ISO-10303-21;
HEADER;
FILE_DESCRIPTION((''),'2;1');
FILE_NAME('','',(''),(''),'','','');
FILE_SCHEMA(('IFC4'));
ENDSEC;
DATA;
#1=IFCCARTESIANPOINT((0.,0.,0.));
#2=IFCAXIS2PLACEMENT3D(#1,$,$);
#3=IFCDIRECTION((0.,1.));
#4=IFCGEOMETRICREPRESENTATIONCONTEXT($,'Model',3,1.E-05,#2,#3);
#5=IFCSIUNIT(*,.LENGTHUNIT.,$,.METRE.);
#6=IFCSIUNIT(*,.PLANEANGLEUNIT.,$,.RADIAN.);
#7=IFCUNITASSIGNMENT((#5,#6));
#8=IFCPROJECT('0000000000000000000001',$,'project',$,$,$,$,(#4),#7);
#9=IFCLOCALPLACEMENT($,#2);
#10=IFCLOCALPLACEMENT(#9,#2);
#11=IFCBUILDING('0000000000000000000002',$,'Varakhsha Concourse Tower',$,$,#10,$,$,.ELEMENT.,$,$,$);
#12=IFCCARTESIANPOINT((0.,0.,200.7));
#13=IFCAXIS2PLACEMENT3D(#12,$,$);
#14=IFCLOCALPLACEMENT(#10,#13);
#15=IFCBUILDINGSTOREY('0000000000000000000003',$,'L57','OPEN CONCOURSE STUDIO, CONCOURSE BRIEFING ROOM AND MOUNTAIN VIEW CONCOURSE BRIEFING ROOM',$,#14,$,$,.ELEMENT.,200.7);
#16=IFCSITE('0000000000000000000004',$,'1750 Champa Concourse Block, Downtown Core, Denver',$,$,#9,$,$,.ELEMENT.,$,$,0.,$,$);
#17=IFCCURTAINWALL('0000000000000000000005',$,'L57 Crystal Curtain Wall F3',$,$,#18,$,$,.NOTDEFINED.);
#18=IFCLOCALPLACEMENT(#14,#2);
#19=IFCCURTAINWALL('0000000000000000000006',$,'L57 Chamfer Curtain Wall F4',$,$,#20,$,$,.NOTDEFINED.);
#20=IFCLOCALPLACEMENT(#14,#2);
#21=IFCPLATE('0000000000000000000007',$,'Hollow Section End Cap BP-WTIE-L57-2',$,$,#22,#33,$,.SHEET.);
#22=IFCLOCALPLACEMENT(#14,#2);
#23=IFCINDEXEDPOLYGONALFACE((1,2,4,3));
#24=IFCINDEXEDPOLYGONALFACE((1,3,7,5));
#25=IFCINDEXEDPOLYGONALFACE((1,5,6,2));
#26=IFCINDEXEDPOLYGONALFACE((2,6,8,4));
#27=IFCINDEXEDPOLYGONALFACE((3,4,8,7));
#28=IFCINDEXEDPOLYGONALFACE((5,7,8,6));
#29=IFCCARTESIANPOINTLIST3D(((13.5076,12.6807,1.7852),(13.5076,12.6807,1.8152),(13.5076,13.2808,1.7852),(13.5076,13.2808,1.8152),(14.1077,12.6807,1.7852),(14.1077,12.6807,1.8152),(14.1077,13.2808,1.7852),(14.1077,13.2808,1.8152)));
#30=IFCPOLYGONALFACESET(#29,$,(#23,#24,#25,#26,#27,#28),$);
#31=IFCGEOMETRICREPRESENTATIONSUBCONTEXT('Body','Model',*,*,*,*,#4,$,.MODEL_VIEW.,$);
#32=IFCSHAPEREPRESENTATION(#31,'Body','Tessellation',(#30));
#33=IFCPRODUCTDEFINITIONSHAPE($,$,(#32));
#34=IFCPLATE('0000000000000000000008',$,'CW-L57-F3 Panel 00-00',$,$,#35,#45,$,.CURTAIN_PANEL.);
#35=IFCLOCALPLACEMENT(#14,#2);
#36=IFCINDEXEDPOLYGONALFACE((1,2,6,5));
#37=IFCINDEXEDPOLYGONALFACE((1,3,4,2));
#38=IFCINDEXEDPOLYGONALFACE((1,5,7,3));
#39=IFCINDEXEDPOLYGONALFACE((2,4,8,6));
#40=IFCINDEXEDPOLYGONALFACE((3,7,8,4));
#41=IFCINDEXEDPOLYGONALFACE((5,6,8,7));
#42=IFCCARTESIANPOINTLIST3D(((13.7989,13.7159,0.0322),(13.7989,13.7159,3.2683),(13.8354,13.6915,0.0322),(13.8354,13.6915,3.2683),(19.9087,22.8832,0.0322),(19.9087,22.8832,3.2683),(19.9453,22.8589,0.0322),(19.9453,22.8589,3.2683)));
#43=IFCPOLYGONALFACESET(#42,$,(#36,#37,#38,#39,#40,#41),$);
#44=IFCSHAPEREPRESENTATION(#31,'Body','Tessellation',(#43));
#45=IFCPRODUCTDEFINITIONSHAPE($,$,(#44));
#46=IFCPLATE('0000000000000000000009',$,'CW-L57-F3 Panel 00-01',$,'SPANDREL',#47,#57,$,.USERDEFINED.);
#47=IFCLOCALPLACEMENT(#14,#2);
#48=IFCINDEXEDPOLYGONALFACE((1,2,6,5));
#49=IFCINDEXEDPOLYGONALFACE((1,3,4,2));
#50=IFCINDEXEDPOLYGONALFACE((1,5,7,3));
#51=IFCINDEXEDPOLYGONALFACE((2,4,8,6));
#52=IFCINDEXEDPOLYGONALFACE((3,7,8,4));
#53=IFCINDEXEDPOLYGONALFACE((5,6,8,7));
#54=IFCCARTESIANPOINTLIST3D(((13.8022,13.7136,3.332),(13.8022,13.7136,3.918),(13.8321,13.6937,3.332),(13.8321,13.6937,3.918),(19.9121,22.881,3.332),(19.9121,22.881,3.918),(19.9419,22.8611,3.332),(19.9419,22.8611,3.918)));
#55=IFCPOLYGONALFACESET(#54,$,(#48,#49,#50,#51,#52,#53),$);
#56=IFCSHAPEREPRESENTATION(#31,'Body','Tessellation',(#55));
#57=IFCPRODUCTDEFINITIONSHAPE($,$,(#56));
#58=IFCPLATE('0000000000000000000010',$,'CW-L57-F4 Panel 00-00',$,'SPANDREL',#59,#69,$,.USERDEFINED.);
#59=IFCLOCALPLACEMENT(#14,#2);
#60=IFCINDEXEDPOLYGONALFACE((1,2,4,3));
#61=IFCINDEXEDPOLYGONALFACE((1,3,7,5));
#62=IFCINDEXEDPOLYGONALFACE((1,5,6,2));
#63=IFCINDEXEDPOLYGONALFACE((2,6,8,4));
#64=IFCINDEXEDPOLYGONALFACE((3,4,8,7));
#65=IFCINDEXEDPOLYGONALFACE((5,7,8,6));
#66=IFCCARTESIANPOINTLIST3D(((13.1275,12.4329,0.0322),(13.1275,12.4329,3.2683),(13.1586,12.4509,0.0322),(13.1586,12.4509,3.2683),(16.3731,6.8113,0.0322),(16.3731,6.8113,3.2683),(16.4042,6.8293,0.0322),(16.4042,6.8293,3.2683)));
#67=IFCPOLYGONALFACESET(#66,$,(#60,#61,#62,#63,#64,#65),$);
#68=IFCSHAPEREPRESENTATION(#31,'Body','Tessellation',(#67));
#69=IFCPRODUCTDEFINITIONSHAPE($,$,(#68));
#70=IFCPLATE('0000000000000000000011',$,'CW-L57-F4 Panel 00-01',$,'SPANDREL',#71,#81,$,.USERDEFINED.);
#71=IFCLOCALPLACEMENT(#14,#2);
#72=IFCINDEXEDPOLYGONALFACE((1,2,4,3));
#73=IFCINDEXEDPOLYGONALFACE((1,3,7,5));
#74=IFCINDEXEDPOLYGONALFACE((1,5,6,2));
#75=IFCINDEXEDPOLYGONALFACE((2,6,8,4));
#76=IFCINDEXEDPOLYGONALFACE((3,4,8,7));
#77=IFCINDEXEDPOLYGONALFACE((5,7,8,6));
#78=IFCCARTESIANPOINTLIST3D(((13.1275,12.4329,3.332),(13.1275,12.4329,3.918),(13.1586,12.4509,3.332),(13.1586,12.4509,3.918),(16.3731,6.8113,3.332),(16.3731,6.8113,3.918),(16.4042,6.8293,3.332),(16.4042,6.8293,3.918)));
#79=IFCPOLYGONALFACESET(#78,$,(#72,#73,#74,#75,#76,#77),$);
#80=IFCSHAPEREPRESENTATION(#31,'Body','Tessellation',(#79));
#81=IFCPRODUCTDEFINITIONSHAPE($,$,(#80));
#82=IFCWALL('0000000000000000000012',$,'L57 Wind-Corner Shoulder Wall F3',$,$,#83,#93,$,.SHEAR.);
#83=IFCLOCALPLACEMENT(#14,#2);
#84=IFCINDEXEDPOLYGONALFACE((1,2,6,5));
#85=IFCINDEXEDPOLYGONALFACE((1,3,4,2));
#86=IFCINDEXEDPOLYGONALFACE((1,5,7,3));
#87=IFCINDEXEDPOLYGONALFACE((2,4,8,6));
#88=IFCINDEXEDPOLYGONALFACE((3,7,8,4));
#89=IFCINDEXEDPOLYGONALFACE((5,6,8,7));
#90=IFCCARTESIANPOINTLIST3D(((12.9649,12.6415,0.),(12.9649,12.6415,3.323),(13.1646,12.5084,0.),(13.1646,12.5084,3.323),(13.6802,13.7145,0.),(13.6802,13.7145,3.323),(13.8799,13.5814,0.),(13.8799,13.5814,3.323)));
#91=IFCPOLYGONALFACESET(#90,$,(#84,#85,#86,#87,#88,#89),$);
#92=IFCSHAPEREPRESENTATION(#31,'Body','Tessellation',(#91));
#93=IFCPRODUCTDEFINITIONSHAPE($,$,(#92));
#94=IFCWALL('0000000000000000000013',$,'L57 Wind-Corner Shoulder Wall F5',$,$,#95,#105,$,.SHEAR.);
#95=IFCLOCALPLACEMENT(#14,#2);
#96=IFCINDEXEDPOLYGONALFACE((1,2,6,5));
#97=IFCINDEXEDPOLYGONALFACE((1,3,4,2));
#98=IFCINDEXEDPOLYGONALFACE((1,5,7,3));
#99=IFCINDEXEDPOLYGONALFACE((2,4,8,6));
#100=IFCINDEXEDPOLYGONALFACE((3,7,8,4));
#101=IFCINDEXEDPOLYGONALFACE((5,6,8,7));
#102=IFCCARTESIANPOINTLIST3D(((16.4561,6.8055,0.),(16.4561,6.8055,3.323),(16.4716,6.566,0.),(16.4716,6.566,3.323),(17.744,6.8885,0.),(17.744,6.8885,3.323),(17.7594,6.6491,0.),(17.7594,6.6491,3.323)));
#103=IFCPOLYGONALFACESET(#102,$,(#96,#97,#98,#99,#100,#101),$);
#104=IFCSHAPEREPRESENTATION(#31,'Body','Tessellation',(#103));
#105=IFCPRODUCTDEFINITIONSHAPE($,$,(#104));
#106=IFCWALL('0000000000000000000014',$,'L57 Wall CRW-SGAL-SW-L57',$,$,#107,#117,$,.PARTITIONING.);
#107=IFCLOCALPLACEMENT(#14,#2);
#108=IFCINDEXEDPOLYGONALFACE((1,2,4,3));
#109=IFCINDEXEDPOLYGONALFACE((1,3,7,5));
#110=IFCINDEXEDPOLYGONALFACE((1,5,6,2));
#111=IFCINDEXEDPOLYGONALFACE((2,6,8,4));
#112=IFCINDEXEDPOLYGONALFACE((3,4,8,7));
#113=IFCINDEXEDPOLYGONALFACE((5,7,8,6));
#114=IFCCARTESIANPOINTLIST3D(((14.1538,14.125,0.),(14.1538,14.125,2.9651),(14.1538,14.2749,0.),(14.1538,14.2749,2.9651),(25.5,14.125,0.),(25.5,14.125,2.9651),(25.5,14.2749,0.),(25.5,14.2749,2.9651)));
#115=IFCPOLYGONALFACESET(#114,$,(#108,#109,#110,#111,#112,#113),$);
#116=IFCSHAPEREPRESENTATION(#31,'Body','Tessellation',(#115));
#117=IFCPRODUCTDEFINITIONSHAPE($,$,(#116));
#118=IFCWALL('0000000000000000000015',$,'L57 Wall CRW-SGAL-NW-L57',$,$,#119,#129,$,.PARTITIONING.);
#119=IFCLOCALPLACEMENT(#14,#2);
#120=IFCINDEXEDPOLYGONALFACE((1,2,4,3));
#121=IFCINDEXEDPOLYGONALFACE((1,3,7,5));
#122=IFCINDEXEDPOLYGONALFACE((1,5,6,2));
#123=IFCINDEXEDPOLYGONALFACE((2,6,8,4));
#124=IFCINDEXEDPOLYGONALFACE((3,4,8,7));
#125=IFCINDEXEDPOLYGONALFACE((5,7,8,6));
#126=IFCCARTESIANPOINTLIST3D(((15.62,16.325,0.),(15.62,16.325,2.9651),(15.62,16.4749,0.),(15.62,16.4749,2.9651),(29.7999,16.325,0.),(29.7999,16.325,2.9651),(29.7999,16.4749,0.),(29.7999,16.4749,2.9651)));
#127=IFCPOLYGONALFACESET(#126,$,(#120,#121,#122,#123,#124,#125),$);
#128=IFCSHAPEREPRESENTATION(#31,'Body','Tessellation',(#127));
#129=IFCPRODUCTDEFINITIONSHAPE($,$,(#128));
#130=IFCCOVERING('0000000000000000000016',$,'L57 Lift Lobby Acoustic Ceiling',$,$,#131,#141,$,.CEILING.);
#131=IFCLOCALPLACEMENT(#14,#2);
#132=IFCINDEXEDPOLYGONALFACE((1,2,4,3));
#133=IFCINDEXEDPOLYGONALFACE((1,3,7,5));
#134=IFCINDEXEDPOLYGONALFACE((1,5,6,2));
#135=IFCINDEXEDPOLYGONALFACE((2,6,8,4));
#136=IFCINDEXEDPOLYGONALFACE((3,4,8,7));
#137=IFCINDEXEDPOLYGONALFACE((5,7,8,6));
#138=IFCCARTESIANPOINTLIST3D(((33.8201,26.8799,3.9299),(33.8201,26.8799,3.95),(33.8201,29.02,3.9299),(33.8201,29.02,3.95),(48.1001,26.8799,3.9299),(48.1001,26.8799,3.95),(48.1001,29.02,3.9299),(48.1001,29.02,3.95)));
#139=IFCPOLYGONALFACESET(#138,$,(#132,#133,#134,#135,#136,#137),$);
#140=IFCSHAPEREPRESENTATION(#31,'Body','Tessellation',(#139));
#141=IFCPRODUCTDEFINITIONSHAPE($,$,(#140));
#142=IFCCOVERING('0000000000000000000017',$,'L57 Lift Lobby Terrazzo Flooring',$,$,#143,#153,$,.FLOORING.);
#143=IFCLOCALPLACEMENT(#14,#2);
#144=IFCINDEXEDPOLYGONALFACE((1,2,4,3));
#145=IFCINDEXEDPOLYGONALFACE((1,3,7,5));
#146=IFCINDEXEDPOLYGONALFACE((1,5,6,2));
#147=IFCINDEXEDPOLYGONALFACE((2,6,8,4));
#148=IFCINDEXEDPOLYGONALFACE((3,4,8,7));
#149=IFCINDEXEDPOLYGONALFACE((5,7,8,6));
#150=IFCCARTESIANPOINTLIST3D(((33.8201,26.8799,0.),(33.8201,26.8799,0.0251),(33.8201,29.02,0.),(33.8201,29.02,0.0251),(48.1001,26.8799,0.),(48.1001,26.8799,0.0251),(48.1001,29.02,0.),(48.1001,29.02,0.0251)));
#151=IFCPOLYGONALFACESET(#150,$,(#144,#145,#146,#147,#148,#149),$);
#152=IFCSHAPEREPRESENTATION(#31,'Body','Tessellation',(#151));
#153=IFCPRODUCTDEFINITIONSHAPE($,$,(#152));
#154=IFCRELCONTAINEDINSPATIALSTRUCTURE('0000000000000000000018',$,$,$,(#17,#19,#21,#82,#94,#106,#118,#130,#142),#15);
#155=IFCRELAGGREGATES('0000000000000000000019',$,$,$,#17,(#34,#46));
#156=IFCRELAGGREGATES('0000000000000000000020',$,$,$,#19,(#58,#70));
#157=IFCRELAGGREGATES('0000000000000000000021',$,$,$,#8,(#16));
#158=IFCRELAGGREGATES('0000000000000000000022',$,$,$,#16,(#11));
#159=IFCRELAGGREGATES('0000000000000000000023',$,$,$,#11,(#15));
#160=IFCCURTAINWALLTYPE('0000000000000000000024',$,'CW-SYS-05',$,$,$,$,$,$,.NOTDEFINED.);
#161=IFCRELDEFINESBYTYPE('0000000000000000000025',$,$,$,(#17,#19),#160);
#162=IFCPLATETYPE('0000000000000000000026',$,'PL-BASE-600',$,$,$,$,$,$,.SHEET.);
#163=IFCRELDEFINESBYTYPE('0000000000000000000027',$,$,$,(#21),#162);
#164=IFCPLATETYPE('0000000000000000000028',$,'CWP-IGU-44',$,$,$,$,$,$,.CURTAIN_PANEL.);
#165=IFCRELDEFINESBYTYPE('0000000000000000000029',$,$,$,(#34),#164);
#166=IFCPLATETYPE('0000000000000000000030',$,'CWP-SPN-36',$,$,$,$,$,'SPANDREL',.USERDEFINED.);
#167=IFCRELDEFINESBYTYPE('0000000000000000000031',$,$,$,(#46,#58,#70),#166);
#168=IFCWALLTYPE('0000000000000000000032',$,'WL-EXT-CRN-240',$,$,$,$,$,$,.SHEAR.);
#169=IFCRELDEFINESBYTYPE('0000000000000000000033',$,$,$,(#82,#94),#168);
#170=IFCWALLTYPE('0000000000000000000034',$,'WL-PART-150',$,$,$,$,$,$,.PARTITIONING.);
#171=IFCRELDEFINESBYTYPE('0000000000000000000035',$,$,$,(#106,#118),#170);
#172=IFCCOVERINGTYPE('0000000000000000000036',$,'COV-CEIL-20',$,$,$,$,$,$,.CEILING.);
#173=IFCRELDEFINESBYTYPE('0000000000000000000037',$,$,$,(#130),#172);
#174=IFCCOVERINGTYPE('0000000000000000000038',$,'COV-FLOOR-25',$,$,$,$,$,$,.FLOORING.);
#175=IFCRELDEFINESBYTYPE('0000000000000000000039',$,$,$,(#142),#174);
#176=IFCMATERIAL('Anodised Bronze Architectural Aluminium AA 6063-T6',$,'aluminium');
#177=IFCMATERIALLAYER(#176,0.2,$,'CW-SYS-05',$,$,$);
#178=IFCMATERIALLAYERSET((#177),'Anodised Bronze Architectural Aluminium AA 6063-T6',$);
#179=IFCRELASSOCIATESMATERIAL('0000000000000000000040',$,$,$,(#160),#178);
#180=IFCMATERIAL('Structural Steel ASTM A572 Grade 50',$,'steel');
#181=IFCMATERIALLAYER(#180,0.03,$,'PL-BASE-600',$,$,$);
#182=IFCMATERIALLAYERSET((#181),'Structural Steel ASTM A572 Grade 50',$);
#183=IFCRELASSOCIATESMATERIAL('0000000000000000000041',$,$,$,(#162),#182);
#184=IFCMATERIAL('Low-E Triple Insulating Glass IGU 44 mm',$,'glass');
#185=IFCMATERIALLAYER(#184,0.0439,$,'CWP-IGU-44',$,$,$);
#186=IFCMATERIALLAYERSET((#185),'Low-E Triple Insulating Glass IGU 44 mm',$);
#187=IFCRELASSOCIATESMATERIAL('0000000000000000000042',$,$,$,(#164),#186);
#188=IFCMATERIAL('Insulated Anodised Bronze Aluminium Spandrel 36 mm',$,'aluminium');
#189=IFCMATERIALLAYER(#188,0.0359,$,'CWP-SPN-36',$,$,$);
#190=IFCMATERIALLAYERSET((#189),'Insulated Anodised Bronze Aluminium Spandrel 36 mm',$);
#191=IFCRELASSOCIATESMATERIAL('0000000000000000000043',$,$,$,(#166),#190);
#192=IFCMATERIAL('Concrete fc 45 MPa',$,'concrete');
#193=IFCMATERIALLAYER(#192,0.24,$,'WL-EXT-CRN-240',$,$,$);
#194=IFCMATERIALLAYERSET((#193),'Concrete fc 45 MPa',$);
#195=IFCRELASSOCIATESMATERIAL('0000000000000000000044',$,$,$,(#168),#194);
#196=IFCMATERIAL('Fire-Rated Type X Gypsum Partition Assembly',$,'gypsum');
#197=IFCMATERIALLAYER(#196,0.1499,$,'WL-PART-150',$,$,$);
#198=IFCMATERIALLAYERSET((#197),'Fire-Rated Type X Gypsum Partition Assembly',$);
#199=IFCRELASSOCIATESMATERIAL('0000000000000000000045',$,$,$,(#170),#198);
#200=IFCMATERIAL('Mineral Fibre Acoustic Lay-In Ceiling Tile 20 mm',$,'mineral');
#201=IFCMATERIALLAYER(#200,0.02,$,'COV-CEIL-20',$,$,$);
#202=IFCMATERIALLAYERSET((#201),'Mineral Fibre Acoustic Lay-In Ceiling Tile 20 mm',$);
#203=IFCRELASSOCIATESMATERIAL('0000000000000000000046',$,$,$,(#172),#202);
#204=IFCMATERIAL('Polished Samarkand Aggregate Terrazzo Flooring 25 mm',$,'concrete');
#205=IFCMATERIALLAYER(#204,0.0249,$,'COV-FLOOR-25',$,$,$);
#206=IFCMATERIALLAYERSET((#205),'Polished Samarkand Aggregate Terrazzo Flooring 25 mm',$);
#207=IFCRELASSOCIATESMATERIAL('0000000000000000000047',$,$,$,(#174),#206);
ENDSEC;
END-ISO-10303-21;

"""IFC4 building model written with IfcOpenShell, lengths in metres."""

from ifc_helpers import new_model, si_unit, direction, frame, frame_2d, origin, origin_2d, place, context, subcontext, project, spatial, polyline, rectangle, outline, extrude, source, transform, mapped, material, layer, layer_set, type_object, type_shapes, element, aggregate, save


model = new_model("IFC4")

# Units and contexts
model_context = context("Model", 3, precision=1e-05, world=origin(), true_north=direction((0.0, 1.0)))
body_context = subcontext(model_context, "Body", "Model", "MODEL_VIEW")
ifc_project = project(units=[si_unit("LENGTHUNIT", "METRE"), si_unit("PLANEANGLEUNIT", "RADIAN")], contexts=[model_context])

# Site, building, storey
site_placement = place(None, origin())
site = spatial("IfcSite", under=ifc_project, at=site_placement, Name="1750 Champa Concourse Block, Downtown Core, Denver", CompositionType="ELEMENT", RefElevation=0.0)
building_placement = place(site_placement, origin())
building = spatial("IfcBuilding", under=site, at=building_placement, Name="Varakhsha Concourse Tower", CompositionType="ELEMENT")
storey_placement = place(building_placement, frame((0.0, 0.0, 200.7)))
storey = spatial("IfcBuildingStorey", under=building, at=storey_placement, Name="L57", Description="OPEN CONCOURSE STUDIO, CONCOURSE BRIEFING ROOM AND MOUNTAIN VIEW CONCOURSE BRIEFING ROOM", CompositionType="ELEMENT", Elevation=200.7)

# Shared definitions
ifc_material_1 = material(Name="Structural Steel ASTM A572 Grade 50", Category="steel")

# Curtain wall
ifc_material_2 = material(Name="Anodised Bronze Architectural Aluminium AA 6063-T6", Category="aluminium")
ifc_layer_1 = layer(ifc_material_2, 0.2, Name="CW-SYS-05")
ifc_layer_set_1 = layer_set([ifc_layer_1], Name="Anodised Bronze Architectural Aluminium AA 6063-T6")
curtain_wall_type = type_object("IfcCurtainWallType", Name="CW-SYS-05", PredefinedType="NOTDEFINED", material=ifc_layer_set_1)
curtain_wall_1_placement = place(storey_placement, origin())
curtain_wall_1 = element("IfcCurtainWall", 1, at=curtain_wall_1_placement, inside=storey, type_object=curtain_wall_type, Name="L57 Crystal Curtain Wall F3", PredefinedType="NOTDEFINED")

# Curtain wall
curtain_wall_2_placement = place(storey_placement, origin())
curtain_wall_2 = element("IfcCurtainWall", 2, at=curtain_wall_2_placement, inside=storey, type_object=curtain_wall_type, Name="L57 Chamfer Curtain Wall F4", PredefinedType="NOTDEFINED")

# Shared definitions
ifc_material_3 = material(Name="Concrete fc 45 MPa", Category="concrete")

# Plate
ifc_layer_2 = layer(ifc_material_1, 0.03, Name="PL-BASE-600")
ifc_layer_set_2 = layer_set([ifc_layer_2], Name="Structural Steel ASTM A572 Grade 50")
plate_type_1 = type_object("IfcPlateType", Name="PL-BASE-600", PredefinedType="SHEET", material=ifc_layer_set_2)
shared_shape_1 = source(origin(), body_context, "Body", "SweptSolid", [
    extrude(rectangle(XDim=0.6001, YDim=0.6001, at=origin_2d()), origin(), (0.0, 0.0, 1.0), 0.03),
])
type_shapes(plate_type_1, [shared_shape_1])
plate_1_placement = place(storey_placement, frame((13.8076, 12.9807, 1.7852), z_axis=(0.0, 0.0, 1.0), x_axis=(1.0, 0.0, 0.0)))
element("IfcPlate", 3, at=plate_1_placement, inside=storey, type_object=plate_type_1, Name="Hollow Section End Cap BP-WTIE-L57-2", PredefinedType="SHEET", context=body_context, shape_type="MappedRepresentation", body=[
    mapped(shared_shape_1, transform((0.0, 0.0, 0.0), scale=1.0)),
])

# Plates
ifc_material_4 = material(Name="Low-E Triple Insulating Glass IGU 44 mm", Category="glass")
ifc_layer_3 = layer(ifc_material_4, 0.0439, Name="CWP-IGU-44")
ifc_layer_set_3 = layer_set([ifc_layer_3], Name="Low-E Triple Insulating Glass IGU 44 mm")
plate_type_2 = type_object("IfcPlateType", Name="CWP-IGU-44", PredefinedType="CURTAIN_PANEL", material=ifc_layer_set_3)
shared_shape_2 = source(origin(), body_context, "Body", "SweptSolid", [
    extrude(rectangle(XDim=11.0168, YDim=0.0439, at=origin_2d()), origin(), (0.0, 0.0, 1.0), 3.2361),
])
type_shapes(plate_type_2, [shared_shape_2])
plate_2_placement = place(storey_placement, frame((16.8721, 18.2874, 0.0322), z_axis=(0.0, 0.0, 1.0), x_axis=(0.554592, 0.832123, 0.0)))
plate_2 = element("IfcPlate", 4, at=plate_2_placement, type_object=plate_type_2, Name="CW-L57-F3 Panel 00-00", PredefinedType="CURTAIN_PANEL", context=body_context, shape_type="MappedRepresentation", body=[
    mapped(shared_shape_2, transform((0.0, 0.0, 0.0), scale=1.0)),
])
ifc_material_5 = material(Name="Insulated Anodised Bronze Aluminium Spandrel 36 mm", Category="aluminium")
ifc_layer_4 = layer(ifc_material_5, 0.0359, Name="CWP-SPN-36")
ifc_layer_set_4 = layer_set([ifc_layer_4], Name="Insulated Anodised Bronze Aluminium Spandrel 36 mm")
plate_type_3 = type_object("IfcPlateType", Name="CWP-SPN-36", ElementType="SPANDREL", PredefinedType="USERDEFINED", material=ifc_layer_set_4)
shared_shape_3 = source(origin(), body_context, "Body", "SweptSolid", [
    extrude(rectangle(XDim=11.0168, YDim=0.0359, at=origin_2d()), origin(), (0.0, 0.0, 1.0), 0.5859),
])
plate_3_placement = place(storey_placement, frame((16.8721, 18.2874, 3.332), z_axis=(0.0, 0.0, 1.0), x_axis=(0.554592, 0.832123, 0.0)))
plate_3 = element("IfcPlate", 5, at=plate_3_placement, type_object=plate_type_3, Name="CW-L57-F3 Panel 00-01", ObjectType="SPANDREL", PredefinedType="USERDEFINED", context=body_context, shape_type="MappedRepresentation", body=[
    mapped(shared_shape_3, transform((0.0, 0.0, 0.0), scale=1.0)),
])
aggregate(curtain_wall_1, [plate_2, plate_3])
shared_shape_4 = source(origin(), body_context, "Body", "SweptSolid", [
    extrude(rectangle(XDim=6.4912, YDim=0.0359, at=origin_2d()), origin(), (0.0, 0.0, 1.0), 3.2361),
])
plate_4_placement = place(storey_placement, frame((14.7659, 9.6311, 0.0322), z_axis=(0.0, 0.0, 1.0), x_axis=(-0.499995, 0.866028, 0.0)))
plate_4 = element("IfcPlate", 6, at=plate_4_placement, type_object=plate_type_3, Name="CW-L57-F4 Panel 00-00", ObjectType="SPANDREL", PredefinedType="USERDEFINED", context=body_context, shape_type="MappedRepresentation", body=[
    mapped(shared_shape_4, transform((0.0, 0.0, 0.0), scale=1.0)),
])
shared_shape_5 = source(origin(), body_context, "Body", "SweptSolid", [
    extrude(rectangle(XDim=6.4912, YDim=0.0359, at=origin_2d()), origin(), (0.0, 0.0, 1.0), 0.5859),
])
type_shapes(plate_type_3, [shared_shape_3, shared_shape_4, shared_shape_5])
plate_5_placement = place(storey_placement, frame((14.7659, 9.6311, 3.332), z_axis=(0.0, 0.0, 1.0), x_axis=(-0.499995, 0.866028, 0.0)))
plate_5 = element("IfcPlate", 7, at=plate_5_placement, type_object=plate_type_3, Name="CW-L57-F4 Panel 00-01", ObjectType="SPANDREL", PredefinedType="USERDEFINED", context=body_context, shape_type="MappedRepresentation", body=[
    mapped(shared_shape_5, transform((0.0, 0.0, 0.0), scale=1.0)),
])
aggregate(curtain_wall_2, [plate_4, plate_5])

# Walls
ifc_layer_5 = layer(ifc_material_3, 0.24, Name="WL-EXT-CRN-240")
ifc_layer_set_5 = layer_set([ifc_layer_5], Name="Concrete fc 45 MPa")
wall_type_1 = type_object("IfcWallType", Name="WL-EXT-CRN-240", PredefinedType="SHEAR", material=ifc_layer_set_5)
wall_1_placement = place(storey_placement, frame((13.78, 13.6479, 0.0), z_axis=(0.0, 0.0, 1.0), x_axis=(-0.5547, -0.83205, 0.0)))
element("IfcWall", 8, at=wall_1_placement, inside=storey, type_object=wall_type_1, Name="L57 Wind-Corner Shoulder Wall F3", PredefinedType="SHEAR", context=body_context, shape_type="SweptSolid", body=[
    extrude(rectangle(XDim=1.2896, YDim=0.24, at=frame_2d((0.6448, 0.0))), origin(), (0.0, 0.0, 1.0), 3.323),
])
wall_2_placement = place(storey_placement, frame((16.4639, 6.6858, 0.0), z_axis=(0.0, 0.0, 1.0), x_axis=(0.997929, 0.064322, 0.0)))
element("IfcWall", 9, at=wall_2_placement, inside=storey, type_object=wall_type_1, Name="L57 Wind-Corner Shoulder Wall F5", PredefinedType="SHEAR", context=body_context, shape_type="SweptSolid", body=[
    extrude(rectangle(XDim=1.2905, YDim=0.24, at=frame_2d((0.6453, 0.0))), origin(), (0.0, 0.0, 1.0), 3.323),
])
ifc_material_6 = material(Name="Fire-Rated Type X Gypsum Partition Assembly", Category="gypsum")
ifc_layer_6 = layer(ifc_material_6, 0.1499, Name="WL-PART-150")
ifc_layer_set_6 = layer_set([ifc_layer_6], Name="Fire-Rated Type X Gypsum Partition Assembly")
wall_type_2 = type_object("IfcWallType", Name="WL-PART-150", PredefinedType="PARTITIONING", material=ifc_layer_set_6)
wall_3_placement = place(storey_placement, frame((14.1538, 14.2, 0.0), z_axis=(0.0, 0.0, 1.0), x_axis=(1.0, 0.0, 0.0)))
element("IfcWall", 10, at=wall_3_placement, inside=storey, type_object=wall_type_2, Name="L57 Wall CRW-SGAL-SW-L57", PredefinedType="PARTITIONING", context=body_context, shape_type="SweptSolid", body=[
    extrude(rectangle(XDim=11.3462, YDim=0.1499, at=frame_2d((5.6731, 0.0))), origin(), (0.0, 0.0, 1.0), 2.9651),
])
wall_4_placement = place(storey_placement, frame((15.6201, 16.3999, 0.0), z_axis=(0.0, 0.0, 1.0), x_axis=(1.0, 0.0, 0.0)))
element("IfcWall", 11, at=wall_4_placement, inside=storey, type_object=wall_type_2, Name="L57 Wall CRW-SGAL-NW-L57", PredefinedType="PARTITIONING", context=body_context, shape_type="SweptSolid", body=[
    extrude(rectangle(XDim=14.1799, YDim=0.1499, at=frame_2d((7.0898, 0.0))), origin(), (0.0, 0.0, 1.0), 2.9651),
])

# Coverings
ifc_material_7 = material(Name="Mineral Fibre Acoustic Lay-In Ceiling Tile 20 mm", Category="mineral")
ifc_layer_7 = layer(ifc_material_7, 0.02, Name="COV-CEIL-20")
ifc_layer_set_7 = layer_set([ifc_layer_7], Name="Mineral Fibre Acoustic Lay-In Ceiling Tile 20 mm")
covering_type_1 = type_object("IfcCoveringType", Name="COV-CEIL-20", PredefinedType="CEILING", material=ifc_layer_set_7)
covering_1_placement = place(storey_placement, frame((0.0, 0.0, 3.9299)))
element("IfcCovering", 12, at=covering_1_placement, inside=storey, type_object=covering_type_1, Name="L57 Lift Lobby Acoustic Ceiling", PredefinedType="CEILING", context=body_context, shape_type="SweptSolid", body=[
    extrude(outline(polyline([(33.8201, 26.8799), (48.1001, 26.8799), (48.1001, 29.02), (33.8201, 29.02), (33.8201, 26.8799)])), origin(), (0.0, 0.0, 1.0), 0.02),
])
ifc_material_8 = material(Name="Polished Samarkand Aggregate Terrazzo Flooring 25 mm", Category="concrete")
ifc_layer_8 = layer(ifc_material_8, 0.0249, Name="COV-FLOOR-25")
ifc_layer_set_8 = layer_set([ifc_layer_8], Name="Polished Samarkand Aggregate Terrazzo Flooring 25 mm")
covering_type_2 = type_object("IfcCoveringType", Name="COV-FLOOR-25", PredefinedType="FLOORING", material=ifc_layer_set_8)
covering_2_placement = place(storey_placement, origin())
element("IfcCovering", 13, at=covering_2_placement, inside=storey, type_object=covering_type_2, Name="L57 Lift Lobby Terrazzo Flooring", PredefinedType="FLOORING", context=body_context, shape_type="SweptSolid", body=[
    extrude(outline(polyline([(33.8201, 26.8799), (48.1001, 26.8799), (48.1001, 29.02), (33.8201, 29.02), (33.8201, 26.8799)])), origin(), (0.0, 0.0, 1.0), 0.0251),
])

save(model, "model.ifc")
